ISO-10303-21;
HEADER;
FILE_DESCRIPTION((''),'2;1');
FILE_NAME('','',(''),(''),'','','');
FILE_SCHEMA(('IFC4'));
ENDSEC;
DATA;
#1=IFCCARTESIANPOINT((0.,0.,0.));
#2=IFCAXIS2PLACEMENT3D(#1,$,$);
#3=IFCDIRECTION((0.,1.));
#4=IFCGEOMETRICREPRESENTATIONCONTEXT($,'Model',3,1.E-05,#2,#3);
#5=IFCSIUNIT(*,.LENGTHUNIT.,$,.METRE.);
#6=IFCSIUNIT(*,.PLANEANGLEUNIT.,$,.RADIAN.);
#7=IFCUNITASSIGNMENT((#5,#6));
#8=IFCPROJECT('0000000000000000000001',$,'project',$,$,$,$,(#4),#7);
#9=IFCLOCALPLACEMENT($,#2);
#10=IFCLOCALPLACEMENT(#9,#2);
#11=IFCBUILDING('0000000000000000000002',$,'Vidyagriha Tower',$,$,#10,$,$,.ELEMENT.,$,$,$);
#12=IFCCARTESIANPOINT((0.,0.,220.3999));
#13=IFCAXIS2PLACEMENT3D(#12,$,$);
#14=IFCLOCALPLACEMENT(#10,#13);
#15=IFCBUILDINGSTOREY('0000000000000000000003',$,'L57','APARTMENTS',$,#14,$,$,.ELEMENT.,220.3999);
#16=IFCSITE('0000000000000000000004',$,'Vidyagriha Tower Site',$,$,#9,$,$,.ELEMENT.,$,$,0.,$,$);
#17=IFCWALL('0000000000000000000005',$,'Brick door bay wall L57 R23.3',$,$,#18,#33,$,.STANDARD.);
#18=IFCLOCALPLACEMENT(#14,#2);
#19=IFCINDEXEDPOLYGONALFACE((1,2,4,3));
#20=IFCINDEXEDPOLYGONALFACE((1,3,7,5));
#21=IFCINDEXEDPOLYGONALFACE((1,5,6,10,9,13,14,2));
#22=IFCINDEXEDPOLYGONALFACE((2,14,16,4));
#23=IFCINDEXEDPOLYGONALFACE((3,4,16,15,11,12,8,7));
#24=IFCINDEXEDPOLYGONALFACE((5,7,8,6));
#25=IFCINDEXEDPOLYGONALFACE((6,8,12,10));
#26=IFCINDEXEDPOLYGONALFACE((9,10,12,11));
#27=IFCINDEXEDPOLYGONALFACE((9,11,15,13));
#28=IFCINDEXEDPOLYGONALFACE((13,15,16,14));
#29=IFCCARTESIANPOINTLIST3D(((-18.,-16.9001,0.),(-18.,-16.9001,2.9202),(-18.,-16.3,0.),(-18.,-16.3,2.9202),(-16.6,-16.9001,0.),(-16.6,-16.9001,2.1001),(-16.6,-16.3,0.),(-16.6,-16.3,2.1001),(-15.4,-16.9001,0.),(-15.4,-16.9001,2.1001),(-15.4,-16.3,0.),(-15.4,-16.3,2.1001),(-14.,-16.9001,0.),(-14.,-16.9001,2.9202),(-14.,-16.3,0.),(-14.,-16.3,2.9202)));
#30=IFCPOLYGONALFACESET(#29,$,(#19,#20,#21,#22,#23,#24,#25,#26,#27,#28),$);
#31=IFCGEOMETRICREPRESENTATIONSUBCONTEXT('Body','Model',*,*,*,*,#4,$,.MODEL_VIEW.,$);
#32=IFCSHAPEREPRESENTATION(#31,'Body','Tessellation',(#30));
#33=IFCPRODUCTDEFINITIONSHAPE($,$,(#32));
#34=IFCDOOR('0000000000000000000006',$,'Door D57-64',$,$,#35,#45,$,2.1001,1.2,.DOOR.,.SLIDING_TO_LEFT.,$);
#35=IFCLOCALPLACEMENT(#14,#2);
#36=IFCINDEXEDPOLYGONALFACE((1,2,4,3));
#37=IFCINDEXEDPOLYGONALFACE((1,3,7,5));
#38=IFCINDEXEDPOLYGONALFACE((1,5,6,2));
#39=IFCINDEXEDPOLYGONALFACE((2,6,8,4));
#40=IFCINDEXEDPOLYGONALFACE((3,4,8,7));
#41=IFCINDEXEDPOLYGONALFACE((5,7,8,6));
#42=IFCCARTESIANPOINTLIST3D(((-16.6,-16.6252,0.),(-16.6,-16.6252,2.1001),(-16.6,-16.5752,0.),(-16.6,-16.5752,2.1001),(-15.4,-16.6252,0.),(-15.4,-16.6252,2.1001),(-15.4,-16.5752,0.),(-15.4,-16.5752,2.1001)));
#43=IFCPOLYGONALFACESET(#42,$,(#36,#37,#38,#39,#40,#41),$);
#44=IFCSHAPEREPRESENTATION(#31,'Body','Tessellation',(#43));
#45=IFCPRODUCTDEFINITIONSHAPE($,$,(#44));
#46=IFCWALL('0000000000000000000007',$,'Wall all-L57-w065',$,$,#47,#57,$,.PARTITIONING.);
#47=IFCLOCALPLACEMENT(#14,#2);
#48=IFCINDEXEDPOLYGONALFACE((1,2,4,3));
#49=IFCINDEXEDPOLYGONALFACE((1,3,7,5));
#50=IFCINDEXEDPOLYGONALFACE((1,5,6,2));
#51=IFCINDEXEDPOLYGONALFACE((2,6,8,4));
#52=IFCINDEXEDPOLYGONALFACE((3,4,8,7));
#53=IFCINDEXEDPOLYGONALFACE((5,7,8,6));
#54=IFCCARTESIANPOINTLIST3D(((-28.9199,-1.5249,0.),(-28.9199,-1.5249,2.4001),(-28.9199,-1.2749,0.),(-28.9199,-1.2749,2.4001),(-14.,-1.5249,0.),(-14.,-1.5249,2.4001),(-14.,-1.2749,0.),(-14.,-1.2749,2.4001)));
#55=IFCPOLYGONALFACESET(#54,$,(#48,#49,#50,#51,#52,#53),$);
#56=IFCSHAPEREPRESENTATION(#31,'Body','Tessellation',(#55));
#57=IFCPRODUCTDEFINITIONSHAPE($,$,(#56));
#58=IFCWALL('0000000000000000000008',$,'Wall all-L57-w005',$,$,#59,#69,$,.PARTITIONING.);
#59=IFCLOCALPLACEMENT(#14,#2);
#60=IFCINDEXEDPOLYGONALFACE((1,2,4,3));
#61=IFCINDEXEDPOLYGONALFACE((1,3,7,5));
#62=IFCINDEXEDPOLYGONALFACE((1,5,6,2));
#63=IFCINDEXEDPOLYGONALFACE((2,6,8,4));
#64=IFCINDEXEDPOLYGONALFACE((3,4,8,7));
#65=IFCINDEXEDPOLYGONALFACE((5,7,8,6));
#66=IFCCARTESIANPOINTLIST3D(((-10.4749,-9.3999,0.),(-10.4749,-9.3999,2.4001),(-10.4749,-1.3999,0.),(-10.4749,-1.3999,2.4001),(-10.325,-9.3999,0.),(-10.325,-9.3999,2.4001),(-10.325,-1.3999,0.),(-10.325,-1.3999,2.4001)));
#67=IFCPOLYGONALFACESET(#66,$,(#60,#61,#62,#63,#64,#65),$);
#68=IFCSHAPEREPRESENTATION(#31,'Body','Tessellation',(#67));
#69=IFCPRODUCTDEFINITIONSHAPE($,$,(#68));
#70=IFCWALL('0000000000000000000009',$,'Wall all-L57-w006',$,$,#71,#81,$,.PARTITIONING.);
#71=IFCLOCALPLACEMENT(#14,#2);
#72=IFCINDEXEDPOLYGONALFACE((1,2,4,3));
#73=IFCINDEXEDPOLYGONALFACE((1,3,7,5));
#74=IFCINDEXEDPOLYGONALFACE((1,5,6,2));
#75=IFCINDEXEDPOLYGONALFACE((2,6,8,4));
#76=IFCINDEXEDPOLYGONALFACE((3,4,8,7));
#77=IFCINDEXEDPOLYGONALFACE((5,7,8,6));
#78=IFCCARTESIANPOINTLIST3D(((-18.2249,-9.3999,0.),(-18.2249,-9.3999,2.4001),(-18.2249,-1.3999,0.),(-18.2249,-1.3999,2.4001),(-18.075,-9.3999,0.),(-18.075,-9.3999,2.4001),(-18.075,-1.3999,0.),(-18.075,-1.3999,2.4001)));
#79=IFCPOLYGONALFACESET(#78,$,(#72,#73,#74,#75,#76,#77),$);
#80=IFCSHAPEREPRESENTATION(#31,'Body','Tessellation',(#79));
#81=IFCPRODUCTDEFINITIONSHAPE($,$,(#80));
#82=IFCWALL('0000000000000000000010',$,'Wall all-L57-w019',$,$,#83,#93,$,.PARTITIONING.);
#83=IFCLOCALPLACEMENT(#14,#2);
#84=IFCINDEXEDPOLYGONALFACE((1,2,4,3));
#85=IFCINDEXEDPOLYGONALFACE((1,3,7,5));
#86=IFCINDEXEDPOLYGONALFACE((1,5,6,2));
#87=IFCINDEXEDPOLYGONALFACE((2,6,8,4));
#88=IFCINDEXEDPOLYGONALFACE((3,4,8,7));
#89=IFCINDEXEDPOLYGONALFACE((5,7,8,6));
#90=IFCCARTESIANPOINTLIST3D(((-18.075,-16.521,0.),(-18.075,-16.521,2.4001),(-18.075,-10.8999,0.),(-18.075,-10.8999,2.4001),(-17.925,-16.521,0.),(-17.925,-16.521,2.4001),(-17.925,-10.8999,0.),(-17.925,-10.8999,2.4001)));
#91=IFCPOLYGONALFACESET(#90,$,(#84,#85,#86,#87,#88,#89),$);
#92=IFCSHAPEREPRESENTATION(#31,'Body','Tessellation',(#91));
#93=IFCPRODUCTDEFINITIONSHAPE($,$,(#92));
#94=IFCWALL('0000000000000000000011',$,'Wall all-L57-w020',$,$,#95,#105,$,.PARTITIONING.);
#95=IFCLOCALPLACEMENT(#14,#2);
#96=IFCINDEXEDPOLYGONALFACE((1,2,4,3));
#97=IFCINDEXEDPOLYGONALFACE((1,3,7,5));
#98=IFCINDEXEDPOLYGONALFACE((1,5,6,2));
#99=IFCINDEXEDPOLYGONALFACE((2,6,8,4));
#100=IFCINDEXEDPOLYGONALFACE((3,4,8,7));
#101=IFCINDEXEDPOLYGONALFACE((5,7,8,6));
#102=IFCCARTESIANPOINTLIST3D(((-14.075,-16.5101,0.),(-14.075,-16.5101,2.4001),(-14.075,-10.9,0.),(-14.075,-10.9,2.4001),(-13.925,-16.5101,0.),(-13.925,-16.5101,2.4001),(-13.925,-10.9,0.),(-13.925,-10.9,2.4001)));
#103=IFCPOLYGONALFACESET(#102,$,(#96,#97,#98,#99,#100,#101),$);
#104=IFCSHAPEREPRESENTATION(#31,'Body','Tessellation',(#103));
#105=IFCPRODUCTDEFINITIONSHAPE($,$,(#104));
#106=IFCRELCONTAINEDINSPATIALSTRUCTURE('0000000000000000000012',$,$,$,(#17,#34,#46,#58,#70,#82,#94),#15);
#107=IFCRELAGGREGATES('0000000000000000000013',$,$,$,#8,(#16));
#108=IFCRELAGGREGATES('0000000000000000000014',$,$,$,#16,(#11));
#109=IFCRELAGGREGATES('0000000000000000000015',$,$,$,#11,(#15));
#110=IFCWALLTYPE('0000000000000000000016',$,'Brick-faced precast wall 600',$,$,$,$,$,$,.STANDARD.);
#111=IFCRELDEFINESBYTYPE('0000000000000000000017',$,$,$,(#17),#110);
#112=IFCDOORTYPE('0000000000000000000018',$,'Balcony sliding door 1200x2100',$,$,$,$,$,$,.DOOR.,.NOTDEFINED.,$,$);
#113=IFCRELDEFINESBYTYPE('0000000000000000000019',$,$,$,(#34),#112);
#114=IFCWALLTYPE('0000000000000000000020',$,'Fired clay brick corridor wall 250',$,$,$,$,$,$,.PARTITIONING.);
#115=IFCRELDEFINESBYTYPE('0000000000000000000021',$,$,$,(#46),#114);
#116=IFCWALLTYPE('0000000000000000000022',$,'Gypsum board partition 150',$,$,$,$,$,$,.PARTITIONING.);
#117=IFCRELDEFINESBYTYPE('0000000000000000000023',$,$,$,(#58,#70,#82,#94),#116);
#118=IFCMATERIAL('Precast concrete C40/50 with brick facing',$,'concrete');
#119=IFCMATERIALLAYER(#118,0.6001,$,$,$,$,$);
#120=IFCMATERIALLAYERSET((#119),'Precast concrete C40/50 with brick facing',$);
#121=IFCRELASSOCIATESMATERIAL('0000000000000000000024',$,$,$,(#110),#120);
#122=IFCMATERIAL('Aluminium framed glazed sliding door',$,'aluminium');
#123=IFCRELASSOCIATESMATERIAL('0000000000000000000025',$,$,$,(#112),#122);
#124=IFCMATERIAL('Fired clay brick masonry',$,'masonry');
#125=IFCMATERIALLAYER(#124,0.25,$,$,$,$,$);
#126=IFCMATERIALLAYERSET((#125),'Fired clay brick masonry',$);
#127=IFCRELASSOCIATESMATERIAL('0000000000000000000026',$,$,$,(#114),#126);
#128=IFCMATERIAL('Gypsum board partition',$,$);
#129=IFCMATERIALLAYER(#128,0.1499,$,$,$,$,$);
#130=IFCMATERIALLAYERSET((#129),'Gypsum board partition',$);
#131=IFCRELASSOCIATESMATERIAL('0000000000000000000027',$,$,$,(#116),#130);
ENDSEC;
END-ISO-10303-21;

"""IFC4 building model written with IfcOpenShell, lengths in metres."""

from ifc_helpers import new_model, si_unit, direction, frame, frame_2d, origin, place, context, subcontext, project, spatial, rectangle, extrude, material, layer, layer_set, type_object, element, fill, save


model = new_model("IFC4")

# Units and contexts
model_context = context("Model", 3, precision=1e-05, world=origin(), true_north=direction((0.0, 1.0)))
body_context = subcontext(model_context, "Body", "Model", "MODEL_VIEW")
ifc_project = project(units=[si_unit("LENGTHUNIT", "METRE"), si_unit("PLANEANGLEUNIT", "RADIAN")], contexts=[model_context])

# Site, building, storey
site_placement = place(None, origin())
site = spatial("IfcSite", under=ifc_project, at=site_placement, Name="Vidyagriha Tower Site", CompositionType="ELEMENT", RefElevation=0.0)
building_placement = place(site_placement, origin())
building = spatial("IfcBuilding", under=site, at=building_placement, Name="Vidyagriha Tower", CompositionType="ELEMENT")
storey_placement = place(building_placement, frame((0.0, 0.0, 220.3999)))
storey = spatial("IfcBuildingStorey", under=building, at=storey_placement, Name="L57", Description="APARTMENTS", CompositionType="ELEMENT", Elevation=220.3999)

# Wall, opening, door
ifc_material_1 = material(Name="Precast concrete C40/50 with brick facing", Category="concrete")
ifc_layer_1 = layer(ifc_material_1, 0.6001)
ifc_layer_set_1 = layer_set([ifc_layer_1], Name="Precast concrete C40/50 with brick facing")
wall_type_1 = type_object("IfcWallType", Name="Brick-faced precast wall 600", PredefinedType="STANDARD", material=ifc_layer_set_1)
wall_1_placement = place(storey_placement, frame((-18.0, -16.6001, 0.0)))
wall_1 = element("IfcWall", 1, at=wall_1_placement, inside=storey, type_object=wall_type_1, Name="Brick door bay wall L57 R23.3", PredefinedType="STANDARD", context=body_context, shape_type="SweptSolid", body=[
    extrude(rectangle(XDim=4.0, YDim=0.6001, at=frame_2d((2.0, 0.0))), origin(), (0.0, 0.0, 1.0), 2.9202),
])
opening_placement = place(wall_1_placement, frame((1.3999, 0.0, 0.0)))
opening = element("IfcOpeningElement", 2, at=opening_placement, cuts=wall_1, PredefinedType="OPENING", context=body_context, shape_type="SweptSolid", body=[
    extrude(rectangle(XDim=1.2, YDim=2.1001, at=frame_2d((0.6001, 1.05))), frame((0.0, 0.3101, 0.0), z_axis=(0.0, -1.0, 0.0), x_axis=(1.0, 0.0, 0.0)), (0.0, 0.0, 1.0), 0.6201),
])
ifc_material_2 = material(Name="Aluminium framed glazed sliding door", Category="aluminium")
door_type = type_object("IfcDoorType", Name="Balcony sliding door 1200x2100", OperationType="NOTDEFINED", PredefinedType="DOOR", material=ifc_material_2)
door_placement = place(opening_placement, origin())
door = element("IfcDoor", 3, at=door_placement, inside=storey, type_object=door_type, Name="Door D57-64", OperationType="SLIDING_TO_LEFT", OverallHeight=2.1001, OverallWidth=1.2, PredefinedType="DOOR", context=body_context, shape_type="SweptSolid", body=[
    extrude(rectangle(XDim=1.2, YDim=2.1001, at=frame_2d((0.6001, 1.05))), frame((0.0, 0.0249, 0.0), z_axis=(0.0, -1.0, 0.0), x_axis=(1.0, 0.0, 0.0)), (0.0, 0.0, 1.0), 0.05),
])
fill(opening, door)

# Walls
ifc_material_3 = material(Name="Fired clay brick masonry", Category="masonry")
ifc_layer_2 = layer(ifc_material_3, 0.25)
ifc_layer_set_2 = layer_set([ifc_layer_2], Name="Fired clay brick masonry")
wall_type_2 = type_object("IfcWallType", Name="Fired clay brick corridor wall 250", PredefinedType="PARTITIONING", material=ifc_layer_set_2)
wall_2_placement = place(storey_placement, frame((-14.0, -1.3999, 0.0), z_axis=(0.0, 0.0, 1.0), x_axis=(-1.0, 0.0, 0.0)))
element("IfcWall", 4, at=wall_2_placement, inside=storey, type_object=wall_type_2, Name="Wall all-L57-w065", PredefinedType="PARTITIONING", context=body_context, shape_type="SweptSolid", body=[
    extrude(rectangle(XDim=14.9199, YDim=0.25, at=frame_2d((7.46, 0.0))), origin(), (0.0, 0.0, 1.0), 2.4001),
])
ifc_material_4 = material(Name="Gypsum board partition")
ifc_layer_3 = layer(ifc_material_4, 0.1499)
ifc_layer_set_3 = layer_set([ifc_layer_3], Name="Gypsum board partition")
wall_type_3 = type_object("IfcWallType", Name="Gypsum board partition 150", PredefinedType="PARTITIONING", material=ifc_layer_set_3)
for number, where, z_axis, x_axis, name in (
    (5, (-10.3999, -9.3999, 0.0), (0.0, 0.0, 1.0), (0.0, 1.0, 0.0), "Wall all-L57-w005"),
    (6, (-18.1499, -9.3999, 0.0), (0.0, 0.0, 1.0), (0.0, 1.0, 0.0), "Wall all-L57-w006"),
):
    element("IfcWall", number, at=place(storey_placement, frame(where, z_axis=z_axis, x_axis=x_axis)), inside=storey, type_object=wall_type_3, Name=name, PredefinedType="PARTITIONING", context=body_context, shape_type="SweptSolid", body=[
        extrude(rectangle(XDim=8.0, YDim=0.1499, at=frame_2d((4.0, 0.0))), origin(), (0.0, 0.0, 1.0), 2.4001),
    ])
wall_3_placement = place(storey_placement, frame((-18.0, -10.8999, 0.0), z_axis=(0.0, 0.0, 1.0), x_axis=(0.0, -1.0, 0.0)))
element("IfcWall", 7, at=wall_3_placement, inside=storey, type_object=wall_type_3, Name="Wall all-L57-w019", PredefinedType="PARTITIONING", context=body_context, shape_type="SweptSolid", body=[
    extrude(rectangle(XDim=5.6211, YDim=0.1499, at=frame_2d((2.8105, 0.0))), origin(), (0.0, 0.0, 1.0), 2.4001),
])
wall_4_placement = place(storey_placement, frame((-14.0, -10.8999, 0.0), z_axis=(0.0, 0.0, 1.0), x_axis=(0.0, -1.0, 0.0)))
element("IfcWall", 8, at=wall_4_placement, inside=storey, type_object=wall_type_3, Name="Wall all-L57-w020", PredefinedType="PARTITIONING", context=body_context, shape_type="SweptSolid", body=[
    extrude(rectangle(XDim=5.6101, YDim=0.1499, at=frame_2d((2.8052, 0.0))), origin(), (0.0, 0.0, 1.0), 2.4001),
])

save(model, "model.ifc")
